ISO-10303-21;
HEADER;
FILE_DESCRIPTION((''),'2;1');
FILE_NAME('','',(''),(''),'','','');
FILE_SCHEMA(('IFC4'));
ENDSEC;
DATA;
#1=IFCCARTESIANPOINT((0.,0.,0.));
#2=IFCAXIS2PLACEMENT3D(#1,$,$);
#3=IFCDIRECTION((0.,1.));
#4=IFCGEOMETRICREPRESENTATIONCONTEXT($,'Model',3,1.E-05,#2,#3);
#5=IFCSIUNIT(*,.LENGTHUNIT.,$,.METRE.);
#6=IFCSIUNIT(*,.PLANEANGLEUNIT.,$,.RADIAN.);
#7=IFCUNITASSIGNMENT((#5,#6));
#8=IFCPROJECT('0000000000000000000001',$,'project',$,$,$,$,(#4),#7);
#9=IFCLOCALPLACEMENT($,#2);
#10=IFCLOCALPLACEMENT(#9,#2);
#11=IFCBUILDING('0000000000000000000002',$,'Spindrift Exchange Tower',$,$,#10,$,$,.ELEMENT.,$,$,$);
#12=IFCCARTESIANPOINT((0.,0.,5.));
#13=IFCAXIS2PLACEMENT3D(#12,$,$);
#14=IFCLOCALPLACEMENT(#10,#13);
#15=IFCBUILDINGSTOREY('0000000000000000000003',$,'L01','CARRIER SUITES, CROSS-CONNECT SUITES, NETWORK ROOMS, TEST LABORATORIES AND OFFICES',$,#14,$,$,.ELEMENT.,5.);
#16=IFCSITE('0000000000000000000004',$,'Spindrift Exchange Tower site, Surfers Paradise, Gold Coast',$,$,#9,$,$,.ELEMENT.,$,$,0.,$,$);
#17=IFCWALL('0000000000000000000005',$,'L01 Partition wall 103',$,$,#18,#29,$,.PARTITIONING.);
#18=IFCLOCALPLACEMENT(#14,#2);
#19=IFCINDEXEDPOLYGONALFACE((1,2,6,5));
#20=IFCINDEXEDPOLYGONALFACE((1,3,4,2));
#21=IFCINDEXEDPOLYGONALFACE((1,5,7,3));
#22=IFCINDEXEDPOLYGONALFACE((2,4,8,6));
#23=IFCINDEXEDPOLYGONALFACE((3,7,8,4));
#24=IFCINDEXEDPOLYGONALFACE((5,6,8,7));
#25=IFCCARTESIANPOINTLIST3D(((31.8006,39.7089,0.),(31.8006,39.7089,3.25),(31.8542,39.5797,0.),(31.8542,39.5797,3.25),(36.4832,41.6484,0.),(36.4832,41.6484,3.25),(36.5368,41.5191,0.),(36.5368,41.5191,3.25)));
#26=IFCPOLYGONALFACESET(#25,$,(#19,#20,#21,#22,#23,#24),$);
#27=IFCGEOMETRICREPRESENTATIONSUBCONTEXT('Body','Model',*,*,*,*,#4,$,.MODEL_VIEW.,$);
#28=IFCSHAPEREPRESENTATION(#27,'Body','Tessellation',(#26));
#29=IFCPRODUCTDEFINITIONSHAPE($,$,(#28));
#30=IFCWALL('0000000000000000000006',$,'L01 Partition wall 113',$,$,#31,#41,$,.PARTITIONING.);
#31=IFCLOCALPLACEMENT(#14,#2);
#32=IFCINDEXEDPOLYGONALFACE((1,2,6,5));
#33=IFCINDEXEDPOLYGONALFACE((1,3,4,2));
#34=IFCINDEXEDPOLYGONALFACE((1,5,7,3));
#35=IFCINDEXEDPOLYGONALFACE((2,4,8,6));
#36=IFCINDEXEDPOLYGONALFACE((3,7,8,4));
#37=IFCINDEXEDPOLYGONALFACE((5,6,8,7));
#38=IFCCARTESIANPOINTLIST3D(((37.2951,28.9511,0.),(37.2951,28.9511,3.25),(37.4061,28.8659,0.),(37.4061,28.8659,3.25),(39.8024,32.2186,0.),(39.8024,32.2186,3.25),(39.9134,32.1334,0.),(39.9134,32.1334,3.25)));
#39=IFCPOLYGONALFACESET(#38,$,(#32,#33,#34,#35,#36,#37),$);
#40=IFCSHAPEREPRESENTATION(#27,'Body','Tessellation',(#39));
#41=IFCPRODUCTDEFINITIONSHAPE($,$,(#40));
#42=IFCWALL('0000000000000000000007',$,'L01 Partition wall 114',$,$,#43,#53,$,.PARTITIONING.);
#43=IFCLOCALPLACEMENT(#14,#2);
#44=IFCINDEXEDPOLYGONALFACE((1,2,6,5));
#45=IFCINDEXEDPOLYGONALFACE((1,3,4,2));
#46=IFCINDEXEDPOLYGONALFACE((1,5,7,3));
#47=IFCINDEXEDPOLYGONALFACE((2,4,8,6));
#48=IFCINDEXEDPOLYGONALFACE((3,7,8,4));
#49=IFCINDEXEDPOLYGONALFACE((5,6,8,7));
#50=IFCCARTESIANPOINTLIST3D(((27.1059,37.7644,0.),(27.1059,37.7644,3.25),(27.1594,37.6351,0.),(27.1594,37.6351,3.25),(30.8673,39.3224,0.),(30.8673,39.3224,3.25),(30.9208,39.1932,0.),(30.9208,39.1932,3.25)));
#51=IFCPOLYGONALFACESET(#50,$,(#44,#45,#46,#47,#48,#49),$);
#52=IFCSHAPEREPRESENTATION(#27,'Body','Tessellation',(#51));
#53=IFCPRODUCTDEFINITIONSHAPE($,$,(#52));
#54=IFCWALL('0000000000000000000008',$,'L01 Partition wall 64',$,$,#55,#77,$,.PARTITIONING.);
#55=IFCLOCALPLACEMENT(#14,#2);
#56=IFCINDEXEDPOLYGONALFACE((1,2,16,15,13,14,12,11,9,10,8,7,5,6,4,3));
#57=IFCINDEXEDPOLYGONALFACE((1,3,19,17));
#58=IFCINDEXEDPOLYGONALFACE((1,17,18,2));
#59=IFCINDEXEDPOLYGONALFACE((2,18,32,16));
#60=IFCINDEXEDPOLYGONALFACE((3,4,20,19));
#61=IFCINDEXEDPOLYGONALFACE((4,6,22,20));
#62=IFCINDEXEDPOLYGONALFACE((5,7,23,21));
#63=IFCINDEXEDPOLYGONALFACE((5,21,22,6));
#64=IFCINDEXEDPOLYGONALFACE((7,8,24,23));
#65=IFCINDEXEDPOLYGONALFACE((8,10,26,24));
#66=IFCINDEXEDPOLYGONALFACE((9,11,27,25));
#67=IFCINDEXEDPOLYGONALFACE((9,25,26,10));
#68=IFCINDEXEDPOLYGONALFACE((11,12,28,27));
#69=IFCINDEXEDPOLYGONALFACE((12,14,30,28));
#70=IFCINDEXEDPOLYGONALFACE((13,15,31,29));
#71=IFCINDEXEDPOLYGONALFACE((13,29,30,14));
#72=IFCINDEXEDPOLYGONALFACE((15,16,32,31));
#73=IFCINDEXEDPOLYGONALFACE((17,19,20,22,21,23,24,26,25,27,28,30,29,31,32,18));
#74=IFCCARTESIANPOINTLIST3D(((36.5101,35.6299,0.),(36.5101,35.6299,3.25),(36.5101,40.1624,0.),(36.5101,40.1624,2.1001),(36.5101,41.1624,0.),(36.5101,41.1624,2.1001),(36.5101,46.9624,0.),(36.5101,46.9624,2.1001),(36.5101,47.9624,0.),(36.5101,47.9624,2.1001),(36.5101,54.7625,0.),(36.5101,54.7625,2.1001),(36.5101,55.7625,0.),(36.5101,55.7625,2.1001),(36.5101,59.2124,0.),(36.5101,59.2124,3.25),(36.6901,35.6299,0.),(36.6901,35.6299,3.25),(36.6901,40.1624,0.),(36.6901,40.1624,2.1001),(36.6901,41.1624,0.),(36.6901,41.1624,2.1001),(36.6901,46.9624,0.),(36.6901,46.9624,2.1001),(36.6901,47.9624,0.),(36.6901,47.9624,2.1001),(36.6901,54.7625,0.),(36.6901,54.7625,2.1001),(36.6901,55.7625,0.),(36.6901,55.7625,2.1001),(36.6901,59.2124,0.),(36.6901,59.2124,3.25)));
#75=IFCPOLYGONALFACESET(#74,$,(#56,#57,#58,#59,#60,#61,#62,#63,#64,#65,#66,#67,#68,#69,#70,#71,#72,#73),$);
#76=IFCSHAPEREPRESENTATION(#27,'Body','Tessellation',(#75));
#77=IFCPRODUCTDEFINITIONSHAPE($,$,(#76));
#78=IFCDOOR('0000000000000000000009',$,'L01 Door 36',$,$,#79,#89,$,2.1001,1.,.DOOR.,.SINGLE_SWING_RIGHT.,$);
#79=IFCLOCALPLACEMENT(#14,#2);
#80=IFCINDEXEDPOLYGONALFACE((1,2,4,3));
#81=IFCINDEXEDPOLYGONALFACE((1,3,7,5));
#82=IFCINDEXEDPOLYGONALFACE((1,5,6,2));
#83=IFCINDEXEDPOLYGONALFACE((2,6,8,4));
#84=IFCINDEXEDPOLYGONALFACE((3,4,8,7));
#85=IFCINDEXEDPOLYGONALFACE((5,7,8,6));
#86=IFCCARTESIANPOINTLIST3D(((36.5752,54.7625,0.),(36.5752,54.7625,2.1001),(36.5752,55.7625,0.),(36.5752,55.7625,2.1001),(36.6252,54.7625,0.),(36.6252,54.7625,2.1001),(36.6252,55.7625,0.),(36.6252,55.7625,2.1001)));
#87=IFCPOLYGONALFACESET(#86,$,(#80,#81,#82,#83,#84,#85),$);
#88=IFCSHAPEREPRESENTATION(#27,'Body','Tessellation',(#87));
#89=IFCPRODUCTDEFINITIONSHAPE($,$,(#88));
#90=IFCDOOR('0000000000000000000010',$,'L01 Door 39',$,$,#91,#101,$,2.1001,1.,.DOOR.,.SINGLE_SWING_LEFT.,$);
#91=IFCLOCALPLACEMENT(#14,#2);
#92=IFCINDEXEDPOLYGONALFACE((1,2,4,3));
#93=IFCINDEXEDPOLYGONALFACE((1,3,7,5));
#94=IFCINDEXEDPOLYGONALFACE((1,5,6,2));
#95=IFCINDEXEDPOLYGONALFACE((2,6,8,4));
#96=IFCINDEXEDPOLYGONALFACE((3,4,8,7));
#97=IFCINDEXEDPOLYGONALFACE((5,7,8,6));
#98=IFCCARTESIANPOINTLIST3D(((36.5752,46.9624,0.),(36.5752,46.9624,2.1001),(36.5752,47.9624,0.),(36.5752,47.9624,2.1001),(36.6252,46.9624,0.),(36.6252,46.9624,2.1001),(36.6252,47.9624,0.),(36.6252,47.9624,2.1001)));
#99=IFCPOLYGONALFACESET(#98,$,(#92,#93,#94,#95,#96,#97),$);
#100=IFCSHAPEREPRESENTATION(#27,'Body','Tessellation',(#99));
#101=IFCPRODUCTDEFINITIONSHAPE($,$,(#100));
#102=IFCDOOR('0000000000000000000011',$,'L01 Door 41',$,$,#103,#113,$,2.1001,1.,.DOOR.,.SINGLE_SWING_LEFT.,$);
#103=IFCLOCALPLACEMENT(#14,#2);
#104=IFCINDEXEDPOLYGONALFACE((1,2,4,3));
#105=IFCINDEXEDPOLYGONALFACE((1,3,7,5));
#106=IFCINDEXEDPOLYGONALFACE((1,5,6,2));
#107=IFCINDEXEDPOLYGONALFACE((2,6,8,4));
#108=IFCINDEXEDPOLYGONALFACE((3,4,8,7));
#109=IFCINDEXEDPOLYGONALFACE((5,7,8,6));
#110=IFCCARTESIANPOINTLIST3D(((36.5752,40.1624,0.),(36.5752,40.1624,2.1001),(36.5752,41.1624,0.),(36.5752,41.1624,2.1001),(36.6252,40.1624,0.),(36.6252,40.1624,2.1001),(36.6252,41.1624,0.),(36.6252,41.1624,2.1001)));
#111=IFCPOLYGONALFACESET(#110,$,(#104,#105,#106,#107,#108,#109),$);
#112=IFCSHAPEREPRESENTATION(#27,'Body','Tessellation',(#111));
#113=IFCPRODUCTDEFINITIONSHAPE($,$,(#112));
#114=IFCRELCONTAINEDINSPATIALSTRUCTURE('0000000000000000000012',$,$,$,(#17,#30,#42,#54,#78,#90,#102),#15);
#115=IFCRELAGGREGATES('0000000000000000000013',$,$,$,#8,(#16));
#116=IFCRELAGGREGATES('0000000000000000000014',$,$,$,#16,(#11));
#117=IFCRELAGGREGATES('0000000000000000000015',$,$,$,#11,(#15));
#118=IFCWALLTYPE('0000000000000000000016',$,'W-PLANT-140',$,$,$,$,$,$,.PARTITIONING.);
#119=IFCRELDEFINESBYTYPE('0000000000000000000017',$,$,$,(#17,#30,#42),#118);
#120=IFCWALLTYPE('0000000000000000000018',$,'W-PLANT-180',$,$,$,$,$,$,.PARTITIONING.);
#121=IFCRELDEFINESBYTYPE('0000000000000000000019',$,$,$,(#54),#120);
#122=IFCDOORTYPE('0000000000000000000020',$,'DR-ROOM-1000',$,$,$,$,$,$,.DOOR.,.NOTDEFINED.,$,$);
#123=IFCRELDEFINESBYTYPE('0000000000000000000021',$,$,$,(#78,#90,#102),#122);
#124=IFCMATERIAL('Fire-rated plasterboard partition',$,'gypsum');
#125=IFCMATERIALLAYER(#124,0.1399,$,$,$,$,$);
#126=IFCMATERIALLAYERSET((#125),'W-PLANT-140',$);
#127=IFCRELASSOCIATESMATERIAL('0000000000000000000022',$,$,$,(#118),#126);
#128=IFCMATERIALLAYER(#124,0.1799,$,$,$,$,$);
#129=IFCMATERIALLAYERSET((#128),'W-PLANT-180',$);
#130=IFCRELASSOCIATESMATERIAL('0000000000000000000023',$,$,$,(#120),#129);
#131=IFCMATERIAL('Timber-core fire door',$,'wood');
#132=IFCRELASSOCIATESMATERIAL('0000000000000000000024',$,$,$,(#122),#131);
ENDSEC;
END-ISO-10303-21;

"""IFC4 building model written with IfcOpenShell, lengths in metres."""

from ifc_helpers import new_model, si_unit, direction, frame, frame_2d, origin, place, context, subcontext, project, spatial, rectangle, extrude, source, transform, mapped, material, layer, layer_set, type_object, element, fill, save


model = new_model("IFC4")

# Units and contexts
model_context = context("Model", 3, precision=1e-05, world=origin(), true_north=direction((0.0, 1.0)))
body_context = subcontext(model_context, "Body", "Model", "MODEL_VIEW")
ifc_project = project(units=[si_unit("LENGTHUNIT", "METRE"), si_unit("PLANEANGLEUNIT", "RADIAN")], contexts=[model_context])

# Site, building, storey
site_placement = place(None, origin())
site = spatial("IfcSite", under=ifc_project, at=site_placement, Name="Spindrift Exchange Tower site, Surfers Paradise, Gold Coast", CompositionType="ELEMENT", RefElevation=0.0)
building_placement = place(site_placement, origin())
building = spatial("IfcBuilding", under=site, at=building_placement, Name="Spindrift Exchange Tower", CompositionType="ELEMENT")
storey_placement = place(building_placement, frame((0.0, 0.0, 5.0)))
storey = spatial("IfcBuildingStorey", under=building, at=storey_placement, Name="L01", Description="CARRIER SUITES, CROSS-CONNECT SUITES, NETWORK ROOMS, TEST LABORATORIES AND OFFICES", CompositionType="ELEMENT", Elevation=5.0)

# Walls
ifc_material_1 = material(Name="Fire-rated plasterboard partition", Category="gypsum")
ifc_layer_1 = layer(ifc_material_1, 0.1399)
ifc_layer_set_1 = layer_set([ifc_layer_1], Name="W-PLANT-140")
wall_type_1 = type_object("IfcWallType", Name="W-PLANT-140", PredefinedType="PARTITIONING", material=ifc_layer_set_1)
wall_1_placement = place(storey_placement, frame((36.51, 41.5837, 0.0), z_axis=(0.0, 0.0, 1.0), x_axis=(-0.92389, -0.382658, 0.0)))
element("IfcWall", 1, at=wall_1_placement, inside=storey, type_object=wall_type_1, Name="L01 Partition wall 103", PredefinedType="PARTITIONING", context=body_context, shape_type="SweptSolid", body=[
    extrude(rectangle(XDim=5.0684, YDim=0.1399, at=frame_2d((2.5342, 0.0))), origin(), (0.0, 0.0, 1.0), 3.25),
])
wall_2_placement = place(storey_placement, frame((39.8579, 32.176, 0.0), z_axis=(0.0, 0.0, 1.0), x_axis=(-0.608765, -0.793351, 0.0)))
element("IfcWall", 2, at=wall_2_placement, inside=storey, type_object=wall_type_1, Name="L01 Partition wall 113", PredefinedType="PARTITIONING", context=body_context, shape_type="SweptSolid", body=[
    extrude(rectangle(XDim=4.1187, YDim=0.1399, at=frame_2d((2.0593, 0.0))), origin(), (0.0, 0.0, 1.0), 3.25),
])
wall_3_placement = place(storey_placement, frame((30.894, 39.2578, 0.0), z_axis=(0.0, 0.0, 1.0), x_axis=(-0.923875, -0.382694, 0.0)))
element("IfcWall", 3, at=wall_3_placement, inside=storey, type_object=wall_type_1, Name="L01 Partition wall 114", PredefinedType="PARTITIONING", context=body_context, shape_type="SweptSolid", body=[
    extrude(rectangle(XDim=4.0713, YDim=0.1399, at=frame_2d((2.0356, 0.0))), origin(), (0.0, 0.0, 1.0), 3.25),
])

# Wall, openings, doors
ifc_layer_2 = layer(ifc_material_1, 0.1799)
ifc_layer_set_2 = layer_set([ifc_layer_2], Name="W-PLANT-180")
wall_type_2 = type_object("IfcWallType", Name="W-PLANT-180", PredefinedType="PARTITIONING", material=ifc_layer_set_2)
wall_4_placement = place(storey_placement, frame((36.6001, 35.6299, 0.0), z_axis=(0.0, 0.0, 1.0), x_axis=(0.0, 1.0, 0.0)))
wall_4 = element("IfcWall", 4, at=wall_4_placement, inside=storey, type_object=wall_type_2, Name="L01 Partition wall 64", PredefinedType="PARTITIONING", context=body_context, shape_type="SweptSolid", body=[
    extrude(rectangle(XDim=23.5825, YDim=0.1799, at=frame_2d((11.7913, 0.0))), origin(), (0.0, 0.0, 1.0), 3.25),
])
opening_1_placement = place(wall_4_placement, frame((19.1326, 0.0, 0.0)))
opening_1 = element("IfcOpeningElement", 5, at=opening_1_placement, cuts=wall_4, PredefinedType="OPENING", context=body_context, shape_type="SweptSolid", body=[
    extrude(rectangle(XDim=1.0, YDim=2.1001, at=frame_2d((0.5, 1.05))), frame((0.0, 0.0999, 0.0), z_axis=(0.0, -1.0, 0.0), x_axis=(1.0, 0.0, 0.0)), (0.0, 0.0, 1.0), 0.2),
])
opening_2_placement = place(wall_4_placement, frame((11.3325, 0.0, 0.0)))
opening_2 = element("IfcOpeningElement", 6, at=opening_2_placement, cuts=wall_4, PredefinedType="OPENING", context=body_context, shape_type="SweptSolid", body=[
    extrude(rectangle(XDim=1.0, YDim=2.1001, at=frame_2d((0.5, 1.05))), frame((0.0, 0.0999, 0.0), z_axis=(0.0, -1.0, 0.0), x_axis=(1.0, 0.0, 0.0)), (0.0, 0.0, 1.0), 0.2),
])
opening_3_placement = place(wall_4_placement, frame((4.5325, 0.0, 0.0)))
opening_3 = element("IfcOpeningElement", 7, at=opening_3_placement, cuts=wall_4, PredefinedType="OPENING", context=body_context, shape_type="SweptSolid", body=[
    extrude(rectangle(XDim=1.0, YDim=2.1001, at=frame_2d((0.5, 1.05))), frame((0.0, 0.0999, 0.0), z_axis=(0.0, -1.0, 0.0), x_axis=(1.0, 0.0, 0.0)), (0.0, 0.0, 1.0), 0.2),
])
ifc_material_2 = material(Name="Timber-core fire door", Category="wood")
door_type_1 = type_object("IfcDoorType", Name="DR-ROOM-1000", OperationType="NOTDEFINED", PredefinedType="DOOR", material=ifc_material_2)
shared_shape_1 = source(origin(), body_context, "Body", "SweptSolid", [
    extrude(rectangle(XDim=1.0, YDim=2.1001, at=frame_2d((0.5, 1.05))), frame((0.0, 0.0249, 0.0), z_axis=(0.0, -1.0, 0.0), x_axis=(1.0, 0.0, 0.0)), (0.0, 0.0, 1.0), 0.05),
])
door_1_placement = place(opening_1_placement, origin())
door_1 = element("IfcDoor", 8, at=door_1_placement, inside=storey, type_object=door_type_1, Name="L01 Door 36", OperationType="SINGLE_SWING_RIGHT", OverallHeight=2.1001, OverallWidth=1.0, PredefinedType="DOOR", context=body_context, shape_type="MappedRepresentation", body=[
    mapped(shared_shape_1, transform((0.0, 0.0, 0.0), scale=1.0)),
])
fill(opening_1, door_1)
door_2_placement = place(opening_2_placement, origin())
door_2 = element("IfcDoor", 9, at=door_2_placement, inside=storey, type_object=door_type_1, Name="L01 Door 39", OperationType="SINGLE_SWING_LEFT", OverallHeight=2.1001, OverallWidth=1.0, PredefinedType="DOOR", context=body_context, shape_type="MappedRepresentation", body=[
    mapped(shared_shape_1, transform((0.0, 0.0, 0.0), scale=1.0)),
])
fill(opening_2, door_2)
door_3_placement = place(opening_3_placement, origin())
door_3 = element("IfcDoor", 10, at=door_3_placement, inside=storey, type_object=door_type_1, Name="L01 Door 41", OperationType="SINGLE_SWING_LEFT", OverallHeight=2.1001, OverallWidth=1.0, PredefinedType="DOOR", context=body_context, shape_type="MappedRepresentation", body=[
    mapped(shared_shape_1, transform((0.0, 0.0, 0.0), scale=1.0)),
])
fill(opening_3, door_3)

save(model, "model.ifc")
